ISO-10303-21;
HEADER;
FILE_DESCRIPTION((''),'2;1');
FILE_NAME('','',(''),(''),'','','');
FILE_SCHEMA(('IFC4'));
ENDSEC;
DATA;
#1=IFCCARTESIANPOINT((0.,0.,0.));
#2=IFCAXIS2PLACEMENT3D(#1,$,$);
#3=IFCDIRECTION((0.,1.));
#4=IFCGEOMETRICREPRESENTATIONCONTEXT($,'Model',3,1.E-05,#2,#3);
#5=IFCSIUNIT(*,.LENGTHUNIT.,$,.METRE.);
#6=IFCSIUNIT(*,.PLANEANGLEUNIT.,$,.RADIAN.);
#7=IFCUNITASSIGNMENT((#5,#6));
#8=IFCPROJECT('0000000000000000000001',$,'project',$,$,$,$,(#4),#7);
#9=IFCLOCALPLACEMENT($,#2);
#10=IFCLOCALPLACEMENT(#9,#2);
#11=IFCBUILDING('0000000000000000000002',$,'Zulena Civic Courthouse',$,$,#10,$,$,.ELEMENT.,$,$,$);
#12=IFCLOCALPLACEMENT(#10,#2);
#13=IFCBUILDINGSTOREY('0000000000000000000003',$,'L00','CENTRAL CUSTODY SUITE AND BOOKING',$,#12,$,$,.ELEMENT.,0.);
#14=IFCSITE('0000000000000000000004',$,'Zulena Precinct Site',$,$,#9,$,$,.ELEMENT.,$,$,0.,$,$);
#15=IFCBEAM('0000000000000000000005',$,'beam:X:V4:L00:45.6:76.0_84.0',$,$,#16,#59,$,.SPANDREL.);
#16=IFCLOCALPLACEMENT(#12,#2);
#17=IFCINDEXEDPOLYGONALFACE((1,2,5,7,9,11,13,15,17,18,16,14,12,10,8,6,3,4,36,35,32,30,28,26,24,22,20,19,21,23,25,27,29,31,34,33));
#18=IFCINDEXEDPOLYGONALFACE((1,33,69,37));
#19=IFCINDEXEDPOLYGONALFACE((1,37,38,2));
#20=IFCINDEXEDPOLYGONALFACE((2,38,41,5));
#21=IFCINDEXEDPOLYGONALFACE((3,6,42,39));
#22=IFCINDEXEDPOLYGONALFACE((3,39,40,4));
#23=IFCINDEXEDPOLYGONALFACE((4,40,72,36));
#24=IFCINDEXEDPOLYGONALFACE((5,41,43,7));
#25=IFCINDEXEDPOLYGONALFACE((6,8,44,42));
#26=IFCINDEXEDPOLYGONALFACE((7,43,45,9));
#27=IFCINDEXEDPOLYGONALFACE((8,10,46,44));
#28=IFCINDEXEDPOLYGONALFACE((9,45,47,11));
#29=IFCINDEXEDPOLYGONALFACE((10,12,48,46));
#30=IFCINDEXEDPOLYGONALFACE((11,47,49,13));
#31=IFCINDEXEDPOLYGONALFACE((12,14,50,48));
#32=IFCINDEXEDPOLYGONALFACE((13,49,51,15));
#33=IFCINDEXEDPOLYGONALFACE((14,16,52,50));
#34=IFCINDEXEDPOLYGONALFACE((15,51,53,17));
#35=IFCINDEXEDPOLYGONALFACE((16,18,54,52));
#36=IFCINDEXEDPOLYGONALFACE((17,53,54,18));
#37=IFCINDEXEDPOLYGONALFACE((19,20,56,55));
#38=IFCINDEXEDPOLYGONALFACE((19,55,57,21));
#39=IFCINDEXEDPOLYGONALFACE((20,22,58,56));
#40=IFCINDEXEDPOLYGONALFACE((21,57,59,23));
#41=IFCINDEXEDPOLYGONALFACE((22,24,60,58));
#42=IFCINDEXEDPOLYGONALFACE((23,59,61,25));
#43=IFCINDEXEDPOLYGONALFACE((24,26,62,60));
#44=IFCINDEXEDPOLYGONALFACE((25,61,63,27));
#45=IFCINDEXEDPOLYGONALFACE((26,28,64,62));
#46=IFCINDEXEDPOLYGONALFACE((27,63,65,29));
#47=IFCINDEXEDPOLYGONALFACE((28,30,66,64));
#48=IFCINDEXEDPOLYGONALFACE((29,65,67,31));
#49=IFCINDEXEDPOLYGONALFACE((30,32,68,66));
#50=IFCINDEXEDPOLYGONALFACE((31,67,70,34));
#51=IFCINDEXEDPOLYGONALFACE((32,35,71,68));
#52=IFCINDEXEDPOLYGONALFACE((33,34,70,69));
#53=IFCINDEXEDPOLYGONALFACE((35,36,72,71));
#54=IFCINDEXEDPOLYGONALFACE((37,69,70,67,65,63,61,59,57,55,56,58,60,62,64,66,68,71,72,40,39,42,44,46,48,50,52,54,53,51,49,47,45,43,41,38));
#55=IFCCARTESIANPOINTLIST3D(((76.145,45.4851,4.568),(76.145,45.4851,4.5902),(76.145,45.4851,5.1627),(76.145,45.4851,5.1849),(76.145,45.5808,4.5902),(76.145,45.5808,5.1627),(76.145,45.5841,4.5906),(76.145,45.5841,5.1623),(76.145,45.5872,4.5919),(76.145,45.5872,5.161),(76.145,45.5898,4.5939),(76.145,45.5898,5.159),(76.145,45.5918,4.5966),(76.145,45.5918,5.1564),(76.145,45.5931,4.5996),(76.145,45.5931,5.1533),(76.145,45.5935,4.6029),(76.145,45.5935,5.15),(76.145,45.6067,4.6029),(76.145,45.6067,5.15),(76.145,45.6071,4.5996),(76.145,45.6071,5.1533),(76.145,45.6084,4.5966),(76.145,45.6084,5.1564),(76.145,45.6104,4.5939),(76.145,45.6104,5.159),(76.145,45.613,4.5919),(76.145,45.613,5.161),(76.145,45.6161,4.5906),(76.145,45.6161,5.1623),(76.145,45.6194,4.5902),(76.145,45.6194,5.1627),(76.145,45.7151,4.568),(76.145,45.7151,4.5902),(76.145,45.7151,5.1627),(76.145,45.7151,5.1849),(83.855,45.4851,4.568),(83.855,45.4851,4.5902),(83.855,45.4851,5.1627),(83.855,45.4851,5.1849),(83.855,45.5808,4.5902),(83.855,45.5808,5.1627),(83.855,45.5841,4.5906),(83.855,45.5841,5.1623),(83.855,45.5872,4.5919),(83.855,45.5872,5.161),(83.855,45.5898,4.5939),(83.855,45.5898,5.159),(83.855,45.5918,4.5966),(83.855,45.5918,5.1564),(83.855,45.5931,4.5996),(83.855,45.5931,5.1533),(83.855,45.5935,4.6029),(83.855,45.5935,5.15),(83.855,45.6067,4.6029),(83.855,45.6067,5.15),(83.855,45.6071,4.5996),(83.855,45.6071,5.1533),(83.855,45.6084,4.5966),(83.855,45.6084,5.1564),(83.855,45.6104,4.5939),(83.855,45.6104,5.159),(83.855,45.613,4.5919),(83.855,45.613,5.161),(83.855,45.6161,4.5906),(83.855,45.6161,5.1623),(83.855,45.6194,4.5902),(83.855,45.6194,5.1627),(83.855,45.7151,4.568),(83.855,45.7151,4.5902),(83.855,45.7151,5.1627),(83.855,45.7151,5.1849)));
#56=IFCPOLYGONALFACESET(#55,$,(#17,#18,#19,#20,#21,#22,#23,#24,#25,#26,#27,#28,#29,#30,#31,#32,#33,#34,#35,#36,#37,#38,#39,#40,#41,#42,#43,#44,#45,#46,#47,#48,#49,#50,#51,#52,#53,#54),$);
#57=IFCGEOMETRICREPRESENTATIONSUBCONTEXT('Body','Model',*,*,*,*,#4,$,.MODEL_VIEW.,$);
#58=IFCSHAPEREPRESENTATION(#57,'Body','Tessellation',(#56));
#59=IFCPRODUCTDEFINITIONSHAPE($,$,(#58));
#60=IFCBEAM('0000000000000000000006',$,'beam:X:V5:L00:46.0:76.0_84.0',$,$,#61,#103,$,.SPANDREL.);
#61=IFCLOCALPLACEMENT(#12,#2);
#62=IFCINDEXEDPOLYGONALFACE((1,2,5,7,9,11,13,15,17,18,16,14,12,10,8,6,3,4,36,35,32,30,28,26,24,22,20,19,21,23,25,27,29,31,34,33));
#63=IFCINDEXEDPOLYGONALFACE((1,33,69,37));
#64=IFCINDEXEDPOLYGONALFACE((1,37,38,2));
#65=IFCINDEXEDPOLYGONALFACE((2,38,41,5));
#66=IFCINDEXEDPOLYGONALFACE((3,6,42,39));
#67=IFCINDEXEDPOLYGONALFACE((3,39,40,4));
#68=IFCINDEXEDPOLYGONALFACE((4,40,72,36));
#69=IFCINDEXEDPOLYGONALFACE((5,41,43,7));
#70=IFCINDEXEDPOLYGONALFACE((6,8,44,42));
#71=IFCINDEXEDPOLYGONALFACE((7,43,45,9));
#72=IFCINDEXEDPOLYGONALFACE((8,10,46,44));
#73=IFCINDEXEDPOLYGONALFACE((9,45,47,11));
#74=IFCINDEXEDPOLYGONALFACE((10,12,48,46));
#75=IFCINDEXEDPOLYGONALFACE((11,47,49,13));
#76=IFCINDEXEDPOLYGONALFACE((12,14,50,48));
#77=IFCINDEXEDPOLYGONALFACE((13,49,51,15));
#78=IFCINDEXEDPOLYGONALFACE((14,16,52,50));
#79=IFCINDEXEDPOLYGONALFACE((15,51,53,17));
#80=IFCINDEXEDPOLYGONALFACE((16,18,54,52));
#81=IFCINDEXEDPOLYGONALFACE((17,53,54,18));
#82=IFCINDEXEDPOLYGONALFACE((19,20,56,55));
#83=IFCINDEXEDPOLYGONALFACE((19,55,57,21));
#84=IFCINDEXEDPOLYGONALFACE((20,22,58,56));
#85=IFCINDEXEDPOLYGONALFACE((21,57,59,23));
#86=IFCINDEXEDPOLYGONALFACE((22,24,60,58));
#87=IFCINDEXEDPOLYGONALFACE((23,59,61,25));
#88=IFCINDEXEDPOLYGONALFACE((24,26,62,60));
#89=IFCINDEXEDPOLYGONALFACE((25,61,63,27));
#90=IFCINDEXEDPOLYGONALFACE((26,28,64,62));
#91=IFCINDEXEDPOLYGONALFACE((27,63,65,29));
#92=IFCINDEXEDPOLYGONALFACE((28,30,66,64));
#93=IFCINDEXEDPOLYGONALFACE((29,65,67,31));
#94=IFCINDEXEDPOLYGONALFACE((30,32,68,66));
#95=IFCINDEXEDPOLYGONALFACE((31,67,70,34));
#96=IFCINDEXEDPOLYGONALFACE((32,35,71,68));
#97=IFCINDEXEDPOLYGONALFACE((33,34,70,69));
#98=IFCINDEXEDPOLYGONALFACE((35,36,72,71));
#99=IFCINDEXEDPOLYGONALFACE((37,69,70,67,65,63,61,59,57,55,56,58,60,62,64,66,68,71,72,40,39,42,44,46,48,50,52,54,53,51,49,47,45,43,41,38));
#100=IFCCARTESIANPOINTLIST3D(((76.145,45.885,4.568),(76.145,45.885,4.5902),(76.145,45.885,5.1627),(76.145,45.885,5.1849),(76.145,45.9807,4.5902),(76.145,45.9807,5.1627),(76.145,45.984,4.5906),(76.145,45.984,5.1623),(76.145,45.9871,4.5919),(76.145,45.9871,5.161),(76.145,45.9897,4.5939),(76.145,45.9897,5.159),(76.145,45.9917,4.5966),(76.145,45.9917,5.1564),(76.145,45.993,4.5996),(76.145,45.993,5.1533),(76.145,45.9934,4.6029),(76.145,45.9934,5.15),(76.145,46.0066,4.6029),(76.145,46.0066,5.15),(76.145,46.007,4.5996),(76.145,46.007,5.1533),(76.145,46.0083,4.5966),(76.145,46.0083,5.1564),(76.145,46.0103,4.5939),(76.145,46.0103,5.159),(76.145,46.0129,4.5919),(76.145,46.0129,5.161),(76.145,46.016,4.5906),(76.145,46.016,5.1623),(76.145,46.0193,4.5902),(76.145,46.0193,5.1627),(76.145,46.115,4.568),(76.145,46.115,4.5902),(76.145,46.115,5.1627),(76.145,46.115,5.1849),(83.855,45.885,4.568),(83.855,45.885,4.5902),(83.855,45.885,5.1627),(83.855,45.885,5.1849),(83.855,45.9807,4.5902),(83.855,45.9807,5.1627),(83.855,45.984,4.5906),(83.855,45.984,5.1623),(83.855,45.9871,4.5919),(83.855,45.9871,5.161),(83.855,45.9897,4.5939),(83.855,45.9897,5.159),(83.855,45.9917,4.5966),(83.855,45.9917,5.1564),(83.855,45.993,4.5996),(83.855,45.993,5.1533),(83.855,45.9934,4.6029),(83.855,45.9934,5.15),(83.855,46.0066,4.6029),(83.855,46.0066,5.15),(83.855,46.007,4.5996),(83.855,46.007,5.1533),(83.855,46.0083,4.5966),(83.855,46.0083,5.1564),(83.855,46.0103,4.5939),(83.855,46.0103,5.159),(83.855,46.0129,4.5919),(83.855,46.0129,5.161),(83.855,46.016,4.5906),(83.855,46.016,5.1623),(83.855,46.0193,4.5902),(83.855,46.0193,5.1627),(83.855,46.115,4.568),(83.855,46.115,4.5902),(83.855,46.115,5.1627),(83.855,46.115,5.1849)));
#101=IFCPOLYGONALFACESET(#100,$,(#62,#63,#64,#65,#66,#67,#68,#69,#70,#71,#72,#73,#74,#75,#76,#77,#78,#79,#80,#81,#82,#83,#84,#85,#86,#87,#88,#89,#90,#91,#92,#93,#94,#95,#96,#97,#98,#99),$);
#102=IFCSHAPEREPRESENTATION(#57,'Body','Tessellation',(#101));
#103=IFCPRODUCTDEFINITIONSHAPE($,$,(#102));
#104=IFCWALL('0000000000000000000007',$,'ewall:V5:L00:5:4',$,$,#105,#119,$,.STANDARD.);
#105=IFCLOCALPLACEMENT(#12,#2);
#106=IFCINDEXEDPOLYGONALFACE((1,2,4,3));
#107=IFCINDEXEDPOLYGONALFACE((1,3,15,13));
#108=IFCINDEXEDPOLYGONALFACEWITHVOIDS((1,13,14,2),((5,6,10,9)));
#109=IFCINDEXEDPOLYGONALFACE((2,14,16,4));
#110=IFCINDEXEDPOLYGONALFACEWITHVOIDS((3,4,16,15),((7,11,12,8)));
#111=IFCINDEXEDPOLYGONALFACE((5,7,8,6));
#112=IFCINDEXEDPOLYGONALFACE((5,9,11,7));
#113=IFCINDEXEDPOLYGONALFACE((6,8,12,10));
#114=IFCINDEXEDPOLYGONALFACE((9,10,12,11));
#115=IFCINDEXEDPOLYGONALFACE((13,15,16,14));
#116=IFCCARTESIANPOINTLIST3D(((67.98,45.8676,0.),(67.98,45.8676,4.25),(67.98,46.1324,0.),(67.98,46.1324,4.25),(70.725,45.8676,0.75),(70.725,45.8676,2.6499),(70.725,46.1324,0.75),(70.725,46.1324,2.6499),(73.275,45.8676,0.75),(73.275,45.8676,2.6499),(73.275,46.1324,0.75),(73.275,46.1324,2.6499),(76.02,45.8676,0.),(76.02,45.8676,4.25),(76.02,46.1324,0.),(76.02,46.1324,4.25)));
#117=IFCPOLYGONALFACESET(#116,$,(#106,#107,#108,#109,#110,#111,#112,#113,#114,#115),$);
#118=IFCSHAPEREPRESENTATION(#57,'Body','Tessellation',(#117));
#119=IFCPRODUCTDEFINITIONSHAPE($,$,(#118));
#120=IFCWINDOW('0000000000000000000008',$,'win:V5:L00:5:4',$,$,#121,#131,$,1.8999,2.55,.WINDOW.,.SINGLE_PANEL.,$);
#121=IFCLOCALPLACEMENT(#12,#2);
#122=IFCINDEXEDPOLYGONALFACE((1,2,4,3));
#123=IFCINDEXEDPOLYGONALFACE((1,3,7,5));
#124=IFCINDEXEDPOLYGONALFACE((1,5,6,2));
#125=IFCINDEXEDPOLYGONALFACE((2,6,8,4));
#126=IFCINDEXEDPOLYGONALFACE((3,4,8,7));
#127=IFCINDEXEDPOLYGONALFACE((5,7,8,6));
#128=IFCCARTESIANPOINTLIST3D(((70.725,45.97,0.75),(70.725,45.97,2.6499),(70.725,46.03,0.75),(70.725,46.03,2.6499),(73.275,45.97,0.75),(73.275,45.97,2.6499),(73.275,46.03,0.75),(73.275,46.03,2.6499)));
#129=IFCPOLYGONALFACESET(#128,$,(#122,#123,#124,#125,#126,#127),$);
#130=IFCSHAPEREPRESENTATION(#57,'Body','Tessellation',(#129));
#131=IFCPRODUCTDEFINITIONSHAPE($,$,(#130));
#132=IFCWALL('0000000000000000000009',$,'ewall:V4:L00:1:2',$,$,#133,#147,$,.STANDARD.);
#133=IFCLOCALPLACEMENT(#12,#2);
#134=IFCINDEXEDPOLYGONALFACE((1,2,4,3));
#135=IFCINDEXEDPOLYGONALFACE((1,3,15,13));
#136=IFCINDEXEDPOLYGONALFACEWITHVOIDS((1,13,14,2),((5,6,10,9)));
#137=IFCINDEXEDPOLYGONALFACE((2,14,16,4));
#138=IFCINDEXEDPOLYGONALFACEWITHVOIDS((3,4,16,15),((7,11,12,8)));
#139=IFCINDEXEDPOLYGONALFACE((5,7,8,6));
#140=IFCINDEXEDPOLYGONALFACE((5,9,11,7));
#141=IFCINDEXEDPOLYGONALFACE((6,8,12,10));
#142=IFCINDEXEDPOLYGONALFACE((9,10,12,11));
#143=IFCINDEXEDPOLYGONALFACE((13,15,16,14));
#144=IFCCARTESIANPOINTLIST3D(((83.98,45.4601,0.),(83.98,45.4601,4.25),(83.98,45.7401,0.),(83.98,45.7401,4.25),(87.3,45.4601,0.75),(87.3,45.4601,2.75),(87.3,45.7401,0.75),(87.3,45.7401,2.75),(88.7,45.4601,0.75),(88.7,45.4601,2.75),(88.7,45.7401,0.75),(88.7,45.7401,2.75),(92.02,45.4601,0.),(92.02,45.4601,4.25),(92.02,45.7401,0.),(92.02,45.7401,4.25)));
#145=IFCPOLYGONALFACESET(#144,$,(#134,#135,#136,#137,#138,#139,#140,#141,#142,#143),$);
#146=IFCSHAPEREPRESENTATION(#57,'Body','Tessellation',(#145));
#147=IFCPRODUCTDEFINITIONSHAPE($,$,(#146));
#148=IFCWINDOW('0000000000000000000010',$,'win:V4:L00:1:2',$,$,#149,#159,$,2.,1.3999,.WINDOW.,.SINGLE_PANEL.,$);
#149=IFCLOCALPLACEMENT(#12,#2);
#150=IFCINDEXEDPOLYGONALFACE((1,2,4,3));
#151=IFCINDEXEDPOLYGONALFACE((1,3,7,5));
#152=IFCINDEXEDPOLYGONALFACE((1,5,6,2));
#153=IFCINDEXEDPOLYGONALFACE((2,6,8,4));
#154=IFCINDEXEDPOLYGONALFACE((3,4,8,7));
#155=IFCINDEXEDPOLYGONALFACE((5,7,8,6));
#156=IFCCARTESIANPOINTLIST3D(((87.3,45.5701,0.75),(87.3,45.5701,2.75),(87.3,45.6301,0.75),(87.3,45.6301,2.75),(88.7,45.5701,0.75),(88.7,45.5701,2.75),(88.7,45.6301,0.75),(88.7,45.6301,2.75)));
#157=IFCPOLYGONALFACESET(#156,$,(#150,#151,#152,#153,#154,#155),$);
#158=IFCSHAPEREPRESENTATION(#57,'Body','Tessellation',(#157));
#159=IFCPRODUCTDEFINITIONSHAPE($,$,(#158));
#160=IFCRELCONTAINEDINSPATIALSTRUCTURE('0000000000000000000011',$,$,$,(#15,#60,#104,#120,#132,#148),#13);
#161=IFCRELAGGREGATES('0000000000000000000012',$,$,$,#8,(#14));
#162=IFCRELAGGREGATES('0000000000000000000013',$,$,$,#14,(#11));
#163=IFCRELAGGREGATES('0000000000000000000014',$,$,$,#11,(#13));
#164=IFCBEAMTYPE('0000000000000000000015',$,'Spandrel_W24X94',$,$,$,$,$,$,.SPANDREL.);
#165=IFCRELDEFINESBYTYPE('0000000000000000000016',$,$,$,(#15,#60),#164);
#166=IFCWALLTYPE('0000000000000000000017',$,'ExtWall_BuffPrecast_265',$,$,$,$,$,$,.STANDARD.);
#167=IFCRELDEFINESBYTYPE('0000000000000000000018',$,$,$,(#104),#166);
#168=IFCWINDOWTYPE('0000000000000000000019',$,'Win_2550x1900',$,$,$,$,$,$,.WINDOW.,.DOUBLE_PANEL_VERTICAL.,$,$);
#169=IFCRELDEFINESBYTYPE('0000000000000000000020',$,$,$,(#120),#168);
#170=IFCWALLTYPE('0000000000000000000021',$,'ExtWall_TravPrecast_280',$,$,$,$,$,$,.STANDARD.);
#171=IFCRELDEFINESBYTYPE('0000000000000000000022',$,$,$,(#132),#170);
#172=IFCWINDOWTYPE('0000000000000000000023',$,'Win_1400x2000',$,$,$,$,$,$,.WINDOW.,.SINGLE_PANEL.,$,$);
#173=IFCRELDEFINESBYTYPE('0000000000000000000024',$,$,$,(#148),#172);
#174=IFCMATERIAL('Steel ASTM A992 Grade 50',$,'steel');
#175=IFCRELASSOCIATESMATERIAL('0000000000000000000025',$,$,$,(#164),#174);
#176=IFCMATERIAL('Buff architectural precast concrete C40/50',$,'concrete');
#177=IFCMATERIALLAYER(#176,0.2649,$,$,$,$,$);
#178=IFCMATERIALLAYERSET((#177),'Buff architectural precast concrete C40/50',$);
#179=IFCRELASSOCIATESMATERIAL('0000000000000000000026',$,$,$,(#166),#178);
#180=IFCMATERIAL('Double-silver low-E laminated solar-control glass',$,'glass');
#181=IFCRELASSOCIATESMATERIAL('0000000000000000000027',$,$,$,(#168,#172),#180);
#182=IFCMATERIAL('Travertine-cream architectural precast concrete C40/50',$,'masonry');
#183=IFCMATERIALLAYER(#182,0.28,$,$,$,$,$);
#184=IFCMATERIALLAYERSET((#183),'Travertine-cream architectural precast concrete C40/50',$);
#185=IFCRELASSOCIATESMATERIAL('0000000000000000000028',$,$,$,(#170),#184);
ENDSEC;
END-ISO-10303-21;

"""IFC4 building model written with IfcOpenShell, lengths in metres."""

from ifc_helpers import new_model, si_unit, direction, frame, frame_2d, origin, origin_2d, place, context, subcontext, project, spatial, rectangle, i_section, extrude, material, layer, layer_set, material_profile, profile_set, type_object, element, fill, save


model = new_model("IFC4")

# Units and contexts
model_context = context("Model", 3, precision=1e-05, world=origin(), true_north=direction((0.0, 1.0)))
body_context = subcontext(model_context, "Body", "Model", "MODEL_VIEW")
ifc_project = project(units=[si_unit("LENGTHUNIT", "METRE"), si_unit("PLANEANGLEUNIT", "RADIAN")], contexts=[model_context])

# Site, building, storey
site_placement = place(None, origin())
site = spatial("IfcSite", under=ifc_project, at=site_placement, Name="Zulena Precinct Site", CompositionType="ELEMENT", RefElevation=0.0)
building_placement = place(site_placement, origin())
building = spatial("IfcBuilding", under=site, at=building_placement, Name="Zulena Civic Courthouse", CompositionType="ELEMENT")
storey_placement = place(building_placement, origin())
storey = spatial("IfcBuildingStorey", under=building, at=storey_placement, Name="L00", Description="CENTRAL CUSTODY SUITE AND BOOKING", CompositionType="ELEMENT", Elevation=0.0)

# Shared definitions
ifc_material_1 = material(Name="Steel ASTM A992 Grade 50", Category="steel")

# Beams
ifc_material_profile_1 = material_profile(ifc_material_1, i_section(OverallWidth=0.23, OverallDepth=0.6169, WebThickness=0.0132, FlangeThickness=0.0222, FilletRadius=0.0127, at=origin_2d()), Name="W24X94")
ifc_profile_set_1 = profile_set([ifc_material_profile_1], Name="Steel ASTM A992 Grade 50")
beam_type_1 = type_object("IfcBeamType", Name="Spandrel_W24X94", PredefinedType="SPANDREL", material=ifc_profile_set_1)
for number, where, z_axis, x_axis, name in (
    (1, (76.145, 45.6001, 4.8765), (1.0, 0.0, 0.0), (0.0, 1.0, 0.0), "beam:X:V4:L00:45.6:76.0_84.0"),
    (2, (76.145, 46.0, 4.8765), (1.0, 0.0, 0.0), (0.0, 1.0, 0.0), "beam:X:V5:L00:46.0:76.0_84.0"),
):
    element("IfcBeam", number, at=place(storey_placement, frame(where, z_axis=z_axis, x_axis=x_axis)), inside=storey, type_object=beam_type_1, Name=name, PredefinedType="SPANDREL", context=body_context, shape_type="SweptSolid", body=[
        extrude(i_section(OverallWidth=0.23, OverallDepth=0.6169, WebThickness=0.0132, FlangeThickness=0.0222, FilletRadius=0.0127, at=origin_2d()), origin(), (0.0, 0.0, 1.0), 7.71),
    ])

# Walls, openings, windows
ifc_material_2 = material(Name="Buff architectural precast concrete C40/50", Category="concrete")
ifc_layer_1 = layer(ifc_material_2, 0.2649)
ifc_layer_set_1 = layer_set([ifc_layer_1], Name="Buff architectural precast concrete C40/50")
wall_type_1 = type_object("IfcWallType", Name="ExtWall_BuffPrecast_265", PredefinedType="STANDARD", material=ifc_layer_set_1)
wall_1_placement = place(storey_placement, frame((76.02, 46.0, 0.0), z_axis=(0.0, 0.0, 1.0), x_axis=(-1.0, 0.0, 0.0)))
wall_1 = element("IfcWall", 3, at=wall_1_placement, inside=storey, type_object=wall_type_1, Name="ewall:V5:L00:5:4", PredefinedType="STANDARD", context=body_context, shape_type="SweptSolid", body=[
    extrude(rectangle(XDim=8.04, YDim=0.2649, at=frame_2d((4.02, 0.0))), origin(), (0.0, 0.0, 1.0), 4.25),
])
opening_1_placement = place(wall_1_placement, frame((2.7451, 0.0, 0.75)))
opening_1 = element("IfcOpeningElement", 4, at=opening_1_placement, cuts=wall_1, PredefinedType="OPENING", context=body_context, shape_type="SweptSolid", body=[
    extrude(rectangle(XDim=2.55, YDim=1.8999, at=frame_2d((1.2749, 0.95))), frame((0.0, 0.1423, 0.0), z_axis=(0.0, -1.0, 0.0), x_axis=(1.0, 0.0, 0.0)), (0.0, 0.0, 1.0), 0.2849),
])
ifc_material_3 = material(Name="Double-silver low-E laminated solar-control glass", Category="glass")
window_type_1 = type_object("IfcWindowType", Name="Win_2550x1900", PartitioningType="DOUBLE_PANEL_VERTICAL", PredefinedType="WINDOW", material=ifc_material_3)
window_1_placement = place(opening_1_placement, origin())
window_1 = element("IfcWindow", 5, at=window_1_placement, inside=storey, type_object=window_type_1, Name="win:V5:L00:5:4", OverallHeight=1.8999, OverallWidth=2.55, PartitioningType="SINGLE_PANEL", PredefinedType="WINDOW", context=body_context, shape_type="SweptSolid", body=[
    extrude(rectangle(XDim=2.55, YDim=1.8999, at=frame_2d((1.2749, 0.95))), frame((0.0, 0.03, 0.0), z_axis=(0.0, -1.0, 0.0), x_axis=(1.0, 0.0, 0.0)), (0.0, 0.0, 1.0), 0.0601),
])
fill(opening_1, window_1)
ifc_material_4 = material(Name="Travertine-cream architectural precast concrete C40/50", Category="masonry")
ifc_layer_2 = layer(ifc_material_4, 0.28)
ifc_layer_set_2 = layer_set([ifc_layer_2], Name="Travertine-cream architectural precast concrete C40/50")
wall_type_2 = type_object("IfcWallType", Name="ExtWall_TravPrecast_280", PredefinedType="STANDARD", material=ifc_layer_set_2)
wall_2_placement = place(storey_placement, frame((83.98, 45.6001, 0.0), z_axis=(0.0, 0.0, 1.0), x_axis=(1.0, 0.0, 0.0)))
wall_2 = element("IfcWall", 6, at=wall_2_placement, inside=storey, type_object=wall_type_2, Name="ewall:V4:L00:1:2", PredefinedType="STANDARD", context=body_context, shape_type="SweptSolid", body=[
    extrude(rectangle(XDim=8.04, YDim=0.28, at=frame_2d((4.02, 0.0))), origin(), (0.0, 0.0, 1.0), 4.25),
])
opening_2_placement = place(wall_2_placement, frame((3.3201, 0.0, 0.75)))
opening_2 = element("IfcOpeningElement", 7, at=opening_2_placement, cuts=wall_2, PredefinedType="OPENING", context=body_context, shape_type="SweptSolid", body=[
    extrude(rectangle(XDim=1.3999, YDim=2.0, at=frame_2d((0.7, 1.0))), frame((0.0, 0.1499, 0.0), z_axis=(0.0, -1.0, 0.0), x_axis=(1.0, 0.0, 0.0)), (0.0, 0.0, 1.0), 0.3),
])
window_type_2 = type_object("IfcWindowType", Name="Win_1400x2000", PartitioningType="SINGLE_PANEL", PredefinedType="WINDOW", material=ifc_material_3)
window_2_placement = place(opening_2_placement, origin())
window_2 = element("IfcWindow", 8, at=window_2_placement, inside=storey, type_object=window_type_2, Name="win:V4:L00:1:2", OverallHeight=2.0, OverallWidth=1.3999, PartitioningType="SINGLE_PANEL", PredefinedType="WINDOW", context=body_context, shape_type="SweptSolid", body=[
    extrude(rectangle(XDim=1.3999, YDim=2.0, at=frame_2d((0.7, 1.0))), frame((0.0, 0.03, 0.0), z_axis=(0.0, -1.0, 0.0), x_axis=(1.0, 0.0, 0.0)), (0.0, 0.0, 1.0), 0.0601),
])
fill(opening_2, window_2)

save(model, "model.ifc")
